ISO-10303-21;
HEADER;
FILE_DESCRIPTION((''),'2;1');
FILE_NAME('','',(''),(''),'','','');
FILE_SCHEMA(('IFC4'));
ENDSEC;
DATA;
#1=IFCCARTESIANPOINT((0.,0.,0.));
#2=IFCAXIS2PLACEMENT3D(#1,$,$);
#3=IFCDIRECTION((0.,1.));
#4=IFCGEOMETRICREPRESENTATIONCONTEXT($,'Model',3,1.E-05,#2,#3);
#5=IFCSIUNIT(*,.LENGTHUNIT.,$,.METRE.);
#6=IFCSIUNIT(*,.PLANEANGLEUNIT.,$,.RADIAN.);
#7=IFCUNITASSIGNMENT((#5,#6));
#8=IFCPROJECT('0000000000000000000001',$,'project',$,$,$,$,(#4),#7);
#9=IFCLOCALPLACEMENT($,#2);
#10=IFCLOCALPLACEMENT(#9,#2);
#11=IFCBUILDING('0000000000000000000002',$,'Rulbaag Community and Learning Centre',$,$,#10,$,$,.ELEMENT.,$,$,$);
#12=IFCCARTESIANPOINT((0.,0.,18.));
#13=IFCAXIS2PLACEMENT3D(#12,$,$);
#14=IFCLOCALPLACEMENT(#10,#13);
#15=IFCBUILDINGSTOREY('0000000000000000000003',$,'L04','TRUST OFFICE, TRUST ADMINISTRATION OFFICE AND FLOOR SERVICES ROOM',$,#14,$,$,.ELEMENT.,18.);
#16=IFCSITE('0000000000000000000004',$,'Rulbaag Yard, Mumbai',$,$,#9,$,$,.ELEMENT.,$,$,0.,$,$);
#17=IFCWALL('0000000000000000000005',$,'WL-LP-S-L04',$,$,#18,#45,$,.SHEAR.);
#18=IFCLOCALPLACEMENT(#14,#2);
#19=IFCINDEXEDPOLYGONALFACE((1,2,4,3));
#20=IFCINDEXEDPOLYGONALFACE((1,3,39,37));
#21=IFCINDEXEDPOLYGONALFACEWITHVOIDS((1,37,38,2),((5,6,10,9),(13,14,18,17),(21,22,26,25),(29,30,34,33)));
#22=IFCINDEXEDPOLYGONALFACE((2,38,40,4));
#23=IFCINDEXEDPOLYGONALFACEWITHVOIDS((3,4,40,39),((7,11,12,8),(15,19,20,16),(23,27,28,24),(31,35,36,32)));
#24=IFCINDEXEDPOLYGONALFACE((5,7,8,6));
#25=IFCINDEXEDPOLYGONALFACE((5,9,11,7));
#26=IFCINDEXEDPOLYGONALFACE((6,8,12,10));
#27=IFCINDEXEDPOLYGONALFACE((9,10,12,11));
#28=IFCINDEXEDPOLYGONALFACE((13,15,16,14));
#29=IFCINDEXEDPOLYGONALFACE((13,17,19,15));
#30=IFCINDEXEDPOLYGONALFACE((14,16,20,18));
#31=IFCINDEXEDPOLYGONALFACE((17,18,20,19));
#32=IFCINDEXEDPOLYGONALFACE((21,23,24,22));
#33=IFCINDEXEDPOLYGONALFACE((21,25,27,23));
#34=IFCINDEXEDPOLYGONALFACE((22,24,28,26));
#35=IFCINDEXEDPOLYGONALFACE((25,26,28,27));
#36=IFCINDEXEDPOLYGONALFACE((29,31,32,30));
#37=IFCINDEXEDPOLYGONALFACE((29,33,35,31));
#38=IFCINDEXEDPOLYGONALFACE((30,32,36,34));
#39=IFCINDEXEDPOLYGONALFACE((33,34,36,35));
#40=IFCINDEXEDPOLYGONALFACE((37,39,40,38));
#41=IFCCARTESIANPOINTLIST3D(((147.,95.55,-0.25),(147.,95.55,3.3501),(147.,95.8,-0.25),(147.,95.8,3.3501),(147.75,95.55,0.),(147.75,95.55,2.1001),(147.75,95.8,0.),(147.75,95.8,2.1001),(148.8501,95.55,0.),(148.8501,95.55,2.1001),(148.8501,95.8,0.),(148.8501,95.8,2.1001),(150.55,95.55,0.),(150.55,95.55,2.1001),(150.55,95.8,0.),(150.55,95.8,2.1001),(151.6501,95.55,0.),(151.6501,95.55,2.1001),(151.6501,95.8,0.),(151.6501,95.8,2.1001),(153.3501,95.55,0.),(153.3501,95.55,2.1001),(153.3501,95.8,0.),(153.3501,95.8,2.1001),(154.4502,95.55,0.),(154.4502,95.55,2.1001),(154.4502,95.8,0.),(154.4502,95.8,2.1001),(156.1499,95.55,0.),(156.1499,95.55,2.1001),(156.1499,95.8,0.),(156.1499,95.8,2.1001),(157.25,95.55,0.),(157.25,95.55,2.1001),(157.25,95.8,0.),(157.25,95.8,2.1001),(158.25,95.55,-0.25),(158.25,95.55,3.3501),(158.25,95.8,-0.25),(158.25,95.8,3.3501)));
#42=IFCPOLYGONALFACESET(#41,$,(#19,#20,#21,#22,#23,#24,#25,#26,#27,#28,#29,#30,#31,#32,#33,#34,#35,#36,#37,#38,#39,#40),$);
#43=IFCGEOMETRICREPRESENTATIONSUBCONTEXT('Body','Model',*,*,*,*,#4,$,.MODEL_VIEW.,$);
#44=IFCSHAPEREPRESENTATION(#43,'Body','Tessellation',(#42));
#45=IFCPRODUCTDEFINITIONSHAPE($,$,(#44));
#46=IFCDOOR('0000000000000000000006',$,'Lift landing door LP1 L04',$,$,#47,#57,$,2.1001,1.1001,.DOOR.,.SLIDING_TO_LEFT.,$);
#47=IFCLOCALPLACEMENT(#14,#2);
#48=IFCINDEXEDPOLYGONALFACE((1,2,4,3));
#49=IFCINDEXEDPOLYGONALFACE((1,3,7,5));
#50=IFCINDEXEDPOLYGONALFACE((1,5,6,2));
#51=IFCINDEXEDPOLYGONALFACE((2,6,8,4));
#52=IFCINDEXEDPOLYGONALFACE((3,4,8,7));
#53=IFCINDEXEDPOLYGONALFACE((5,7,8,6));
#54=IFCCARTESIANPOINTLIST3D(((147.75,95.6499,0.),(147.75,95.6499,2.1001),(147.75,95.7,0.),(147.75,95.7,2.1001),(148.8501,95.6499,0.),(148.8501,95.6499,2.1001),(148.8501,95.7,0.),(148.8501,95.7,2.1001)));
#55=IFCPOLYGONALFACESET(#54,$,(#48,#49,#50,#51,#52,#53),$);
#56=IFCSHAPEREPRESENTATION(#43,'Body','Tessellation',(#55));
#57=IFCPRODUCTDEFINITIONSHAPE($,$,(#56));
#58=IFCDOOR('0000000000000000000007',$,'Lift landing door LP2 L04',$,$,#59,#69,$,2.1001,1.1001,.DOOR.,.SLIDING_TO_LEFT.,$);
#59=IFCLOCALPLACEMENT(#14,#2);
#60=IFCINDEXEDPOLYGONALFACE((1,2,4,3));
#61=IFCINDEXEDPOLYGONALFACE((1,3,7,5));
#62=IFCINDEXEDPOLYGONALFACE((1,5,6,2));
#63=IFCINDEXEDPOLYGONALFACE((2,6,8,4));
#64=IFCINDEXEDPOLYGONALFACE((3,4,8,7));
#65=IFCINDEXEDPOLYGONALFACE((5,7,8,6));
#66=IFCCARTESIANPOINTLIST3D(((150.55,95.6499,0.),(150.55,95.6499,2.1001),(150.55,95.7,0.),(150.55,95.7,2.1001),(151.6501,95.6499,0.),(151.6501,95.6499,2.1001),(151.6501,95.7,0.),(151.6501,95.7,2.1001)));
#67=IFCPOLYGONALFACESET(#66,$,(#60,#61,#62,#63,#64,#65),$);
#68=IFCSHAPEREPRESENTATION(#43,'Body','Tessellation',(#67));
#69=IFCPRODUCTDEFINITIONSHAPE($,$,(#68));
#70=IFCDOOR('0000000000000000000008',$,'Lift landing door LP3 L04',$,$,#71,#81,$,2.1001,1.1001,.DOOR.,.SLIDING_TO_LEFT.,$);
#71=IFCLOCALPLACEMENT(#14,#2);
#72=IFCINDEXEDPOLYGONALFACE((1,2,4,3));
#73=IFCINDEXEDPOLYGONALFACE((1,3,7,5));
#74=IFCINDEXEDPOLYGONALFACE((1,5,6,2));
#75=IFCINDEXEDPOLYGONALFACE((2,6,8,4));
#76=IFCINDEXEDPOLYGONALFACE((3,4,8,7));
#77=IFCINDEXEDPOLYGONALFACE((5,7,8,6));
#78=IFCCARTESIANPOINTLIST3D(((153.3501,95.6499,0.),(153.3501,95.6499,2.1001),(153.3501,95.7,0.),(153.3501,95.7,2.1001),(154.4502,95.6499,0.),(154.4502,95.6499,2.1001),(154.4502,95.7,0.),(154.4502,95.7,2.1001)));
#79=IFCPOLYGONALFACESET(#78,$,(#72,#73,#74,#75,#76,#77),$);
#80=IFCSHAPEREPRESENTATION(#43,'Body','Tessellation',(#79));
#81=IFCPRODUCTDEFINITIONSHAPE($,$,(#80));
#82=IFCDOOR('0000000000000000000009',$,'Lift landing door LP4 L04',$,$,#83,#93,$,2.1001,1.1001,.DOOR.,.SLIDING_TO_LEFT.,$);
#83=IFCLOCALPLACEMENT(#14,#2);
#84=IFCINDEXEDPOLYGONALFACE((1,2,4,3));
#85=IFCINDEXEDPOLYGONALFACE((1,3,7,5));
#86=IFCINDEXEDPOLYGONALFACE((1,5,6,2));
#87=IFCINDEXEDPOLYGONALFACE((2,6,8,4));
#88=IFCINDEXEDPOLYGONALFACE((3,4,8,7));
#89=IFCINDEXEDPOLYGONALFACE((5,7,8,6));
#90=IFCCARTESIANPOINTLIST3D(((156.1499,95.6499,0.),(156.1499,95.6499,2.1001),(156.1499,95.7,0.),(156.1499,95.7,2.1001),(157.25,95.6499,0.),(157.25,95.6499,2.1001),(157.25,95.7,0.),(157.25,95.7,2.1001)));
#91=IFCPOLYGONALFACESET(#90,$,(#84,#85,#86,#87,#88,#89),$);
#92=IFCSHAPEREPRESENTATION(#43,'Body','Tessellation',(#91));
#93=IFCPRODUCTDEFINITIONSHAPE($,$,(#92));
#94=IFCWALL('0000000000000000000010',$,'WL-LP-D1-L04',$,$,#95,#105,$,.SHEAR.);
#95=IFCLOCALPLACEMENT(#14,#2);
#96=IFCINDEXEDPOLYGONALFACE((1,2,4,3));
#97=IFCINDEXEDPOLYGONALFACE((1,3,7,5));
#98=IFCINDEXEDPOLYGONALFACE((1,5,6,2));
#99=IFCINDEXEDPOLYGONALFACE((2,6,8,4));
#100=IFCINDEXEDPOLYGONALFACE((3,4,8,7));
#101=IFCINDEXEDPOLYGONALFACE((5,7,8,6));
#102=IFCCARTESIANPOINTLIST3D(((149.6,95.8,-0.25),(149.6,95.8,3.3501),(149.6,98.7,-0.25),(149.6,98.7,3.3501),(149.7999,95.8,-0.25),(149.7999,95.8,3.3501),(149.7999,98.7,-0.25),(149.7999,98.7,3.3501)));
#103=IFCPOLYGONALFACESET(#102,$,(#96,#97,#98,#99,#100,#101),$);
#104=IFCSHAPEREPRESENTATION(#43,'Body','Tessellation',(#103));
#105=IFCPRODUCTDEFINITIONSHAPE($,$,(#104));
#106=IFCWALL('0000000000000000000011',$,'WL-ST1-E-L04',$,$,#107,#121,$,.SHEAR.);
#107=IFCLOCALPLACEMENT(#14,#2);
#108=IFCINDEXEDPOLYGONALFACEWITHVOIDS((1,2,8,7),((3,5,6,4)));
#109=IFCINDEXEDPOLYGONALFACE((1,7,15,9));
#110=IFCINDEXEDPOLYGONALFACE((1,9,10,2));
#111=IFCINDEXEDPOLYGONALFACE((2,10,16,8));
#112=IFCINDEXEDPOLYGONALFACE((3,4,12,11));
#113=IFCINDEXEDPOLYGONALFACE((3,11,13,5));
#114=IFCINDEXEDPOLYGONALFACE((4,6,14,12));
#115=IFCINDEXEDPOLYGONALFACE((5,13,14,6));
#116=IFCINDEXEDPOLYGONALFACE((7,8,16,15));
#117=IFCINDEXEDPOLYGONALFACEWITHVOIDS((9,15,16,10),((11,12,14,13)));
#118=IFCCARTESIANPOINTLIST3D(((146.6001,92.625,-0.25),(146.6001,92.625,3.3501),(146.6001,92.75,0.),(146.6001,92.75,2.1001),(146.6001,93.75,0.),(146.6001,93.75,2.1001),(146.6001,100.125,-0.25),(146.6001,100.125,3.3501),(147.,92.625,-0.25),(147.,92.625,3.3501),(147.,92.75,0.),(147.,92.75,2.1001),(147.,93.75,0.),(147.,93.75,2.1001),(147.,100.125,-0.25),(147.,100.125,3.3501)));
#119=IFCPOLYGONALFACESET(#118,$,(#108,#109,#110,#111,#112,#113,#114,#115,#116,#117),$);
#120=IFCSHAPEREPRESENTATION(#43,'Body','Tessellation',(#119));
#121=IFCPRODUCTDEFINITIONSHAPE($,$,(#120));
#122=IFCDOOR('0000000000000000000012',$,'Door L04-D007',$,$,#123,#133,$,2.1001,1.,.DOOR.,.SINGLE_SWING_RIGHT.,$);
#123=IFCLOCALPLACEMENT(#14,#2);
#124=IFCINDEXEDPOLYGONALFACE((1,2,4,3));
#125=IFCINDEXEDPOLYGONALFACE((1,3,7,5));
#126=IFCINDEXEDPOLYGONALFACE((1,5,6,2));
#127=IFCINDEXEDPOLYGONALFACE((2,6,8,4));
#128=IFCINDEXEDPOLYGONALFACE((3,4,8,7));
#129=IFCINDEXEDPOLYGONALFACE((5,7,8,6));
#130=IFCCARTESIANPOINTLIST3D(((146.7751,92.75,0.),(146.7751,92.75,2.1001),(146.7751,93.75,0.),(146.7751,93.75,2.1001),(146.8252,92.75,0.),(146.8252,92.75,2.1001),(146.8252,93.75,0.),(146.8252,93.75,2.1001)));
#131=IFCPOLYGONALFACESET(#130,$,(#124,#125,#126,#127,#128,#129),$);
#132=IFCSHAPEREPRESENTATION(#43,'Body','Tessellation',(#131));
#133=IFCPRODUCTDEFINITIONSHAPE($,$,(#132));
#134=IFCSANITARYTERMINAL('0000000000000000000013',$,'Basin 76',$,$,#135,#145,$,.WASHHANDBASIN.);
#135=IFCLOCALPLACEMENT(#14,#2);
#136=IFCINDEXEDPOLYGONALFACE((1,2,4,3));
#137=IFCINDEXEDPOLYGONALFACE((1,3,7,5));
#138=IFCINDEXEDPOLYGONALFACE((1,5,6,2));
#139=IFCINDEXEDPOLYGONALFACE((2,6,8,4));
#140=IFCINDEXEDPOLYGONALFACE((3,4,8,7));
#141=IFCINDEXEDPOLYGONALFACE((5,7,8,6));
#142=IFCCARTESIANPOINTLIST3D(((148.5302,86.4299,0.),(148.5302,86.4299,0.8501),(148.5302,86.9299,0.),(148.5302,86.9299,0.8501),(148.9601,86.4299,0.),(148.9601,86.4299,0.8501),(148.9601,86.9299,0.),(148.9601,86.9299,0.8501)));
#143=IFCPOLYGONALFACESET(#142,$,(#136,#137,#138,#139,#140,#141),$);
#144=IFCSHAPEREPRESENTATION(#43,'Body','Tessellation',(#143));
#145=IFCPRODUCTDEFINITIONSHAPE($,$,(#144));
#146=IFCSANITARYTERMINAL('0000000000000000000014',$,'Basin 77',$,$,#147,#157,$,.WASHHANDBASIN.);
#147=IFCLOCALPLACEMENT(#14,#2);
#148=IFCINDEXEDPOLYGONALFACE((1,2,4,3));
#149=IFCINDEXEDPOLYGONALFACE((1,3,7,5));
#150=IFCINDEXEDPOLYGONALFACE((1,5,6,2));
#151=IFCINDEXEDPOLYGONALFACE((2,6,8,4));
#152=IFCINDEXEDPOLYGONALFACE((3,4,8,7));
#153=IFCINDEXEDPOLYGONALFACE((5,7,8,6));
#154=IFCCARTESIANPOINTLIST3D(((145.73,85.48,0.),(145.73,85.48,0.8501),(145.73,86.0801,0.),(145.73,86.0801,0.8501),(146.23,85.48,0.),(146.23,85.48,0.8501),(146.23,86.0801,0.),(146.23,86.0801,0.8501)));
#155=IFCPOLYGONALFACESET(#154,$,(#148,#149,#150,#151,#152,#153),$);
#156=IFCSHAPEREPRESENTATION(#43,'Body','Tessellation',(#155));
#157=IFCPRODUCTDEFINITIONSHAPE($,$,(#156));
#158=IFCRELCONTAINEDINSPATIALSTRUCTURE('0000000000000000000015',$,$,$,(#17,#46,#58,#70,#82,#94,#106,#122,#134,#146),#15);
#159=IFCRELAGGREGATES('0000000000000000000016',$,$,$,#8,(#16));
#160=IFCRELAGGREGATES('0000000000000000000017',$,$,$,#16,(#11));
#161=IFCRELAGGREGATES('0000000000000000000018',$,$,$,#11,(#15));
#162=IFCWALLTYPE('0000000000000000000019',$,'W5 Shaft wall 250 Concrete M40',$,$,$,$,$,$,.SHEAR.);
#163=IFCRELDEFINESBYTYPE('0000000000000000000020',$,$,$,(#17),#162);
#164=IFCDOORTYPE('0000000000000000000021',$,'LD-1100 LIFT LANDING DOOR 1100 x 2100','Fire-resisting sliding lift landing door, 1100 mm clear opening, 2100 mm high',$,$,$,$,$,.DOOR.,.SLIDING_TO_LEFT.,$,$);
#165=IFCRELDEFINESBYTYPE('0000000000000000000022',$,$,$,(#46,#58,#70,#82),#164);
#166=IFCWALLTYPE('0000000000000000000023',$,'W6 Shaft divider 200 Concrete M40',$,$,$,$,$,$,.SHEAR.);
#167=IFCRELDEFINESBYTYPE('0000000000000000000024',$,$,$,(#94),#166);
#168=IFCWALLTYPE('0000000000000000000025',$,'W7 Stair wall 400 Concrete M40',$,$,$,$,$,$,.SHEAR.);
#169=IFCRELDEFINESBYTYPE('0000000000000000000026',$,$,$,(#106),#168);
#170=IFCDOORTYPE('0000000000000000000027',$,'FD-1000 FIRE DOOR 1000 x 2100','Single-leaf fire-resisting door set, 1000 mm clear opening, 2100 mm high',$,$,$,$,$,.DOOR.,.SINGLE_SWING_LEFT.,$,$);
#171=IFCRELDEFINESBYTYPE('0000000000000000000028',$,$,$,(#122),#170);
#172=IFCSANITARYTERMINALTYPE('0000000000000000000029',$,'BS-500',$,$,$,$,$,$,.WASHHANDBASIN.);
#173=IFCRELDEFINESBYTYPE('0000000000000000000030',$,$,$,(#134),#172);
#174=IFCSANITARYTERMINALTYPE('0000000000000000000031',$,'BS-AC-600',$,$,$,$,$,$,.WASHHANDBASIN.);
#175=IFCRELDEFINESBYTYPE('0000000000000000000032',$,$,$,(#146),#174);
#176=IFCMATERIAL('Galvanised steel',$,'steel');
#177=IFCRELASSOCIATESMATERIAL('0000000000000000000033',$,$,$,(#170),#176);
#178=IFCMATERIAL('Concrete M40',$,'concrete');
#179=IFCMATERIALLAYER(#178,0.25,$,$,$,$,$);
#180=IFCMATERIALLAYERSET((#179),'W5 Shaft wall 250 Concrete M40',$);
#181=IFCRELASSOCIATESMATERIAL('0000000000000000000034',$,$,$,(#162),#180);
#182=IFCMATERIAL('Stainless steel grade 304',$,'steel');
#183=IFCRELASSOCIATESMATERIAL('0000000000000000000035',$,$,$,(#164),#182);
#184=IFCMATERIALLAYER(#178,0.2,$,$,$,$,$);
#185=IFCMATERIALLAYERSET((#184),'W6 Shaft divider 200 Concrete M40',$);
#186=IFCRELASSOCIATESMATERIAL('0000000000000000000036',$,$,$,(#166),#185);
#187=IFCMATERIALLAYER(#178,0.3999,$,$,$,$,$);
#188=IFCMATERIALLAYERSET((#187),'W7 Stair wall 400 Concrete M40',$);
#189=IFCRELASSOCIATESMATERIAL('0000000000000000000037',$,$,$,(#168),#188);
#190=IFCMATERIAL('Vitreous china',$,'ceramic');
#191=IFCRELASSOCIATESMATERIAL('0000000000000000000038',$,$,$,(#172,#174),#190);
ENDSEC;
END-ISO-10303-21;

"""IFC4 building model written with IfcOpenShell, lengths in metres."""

from ifc_helpers import new_model, si_unit, direction, frame, frame_2d, origin, origin_2d, place, context, subcontext, project, spatial, rectangle, extrude, material, layer, layer_set, type_object, element, fill, save


model = new_model("IFC4")

# Units and contexts
model_context = context("Model", 3, precision=1e-05, world=origin(), true_north=direction((0.0, 1.0)))
body_context = subcontext(model_context, "Body", "Model", "MODEL_VIEW")
ifc_project = project(units=[si_unit("LENGTHUNIT", "METRE"), si_unit("PLANEANGLEUNIT", "RADIAN")], contexts=[model_context])

# Site, building, storey
site_placement = place(None, origin())
site = spatial("IfcSite", under=ifc_project, at=site_placement, Name="Rulbaag Yard, Mumbai", CompositionType="ELEMENT", RefElevation=0.0)
building_placement = place(site_placement, origin())
building = spatial("IfcBuilding", under=site, at=building_placement, Name="Rulbaag Community and Learning Centre", CompositionType="ELEMENT")
storey_placement = place(building_placement, frame((0.0, 0.0, 18.0)))
storey = spatial("IfcBuildingStorey", under=building, at=storey_placement, Name="L04", Description="TRUST OFFICE, TRUST ADMINISTRATION OFFICE AND FLOOR SERVICES ROOM", CompositionType="ELEMENT", Elevation=18.0)

# Shared definitions
ifc_material_1 = material(Name="Concrete M40", Category="concrete")

# Wall, openings, doors
ifc_material_2 = material(Name="Galvanised steel", Category="steel")
door_type_1 = type_object("IfcDoorType", Name="FD-1000 FIRE DOOR 1000 x 2100", Description="Single-leaf fire-resisting door set, 1000 mm clear opening, 2100 mm high", OperationType="SINGLE_SWING_LEFT", PredefinedType="DOOR", material=ifc_material_2)
ifc_layer_1 = layer(ifc_material_1, 0.25)
ifc_layer_set_1 = layer_set([ifc_layer_1], Name="W5 Shaft wall 250 Concrete M40")
wall_type_1 = type_object("IfcWallType", Name="W5 Shaft wall 250 Concrete M40", PredefinedType="SHEAR", material=ifc_layer_set_1)
wall_1_placement = place(storey_placement, frame((147.0, 95.675, -0.25), z_axis=(0.0, 0.0, 1.0), x_axis=(1.0, 0.0, 0.0)))
wall_1 = element("IfcWall", 1, at=wall_1_placement, inside=storey, type_object=wall_type_1, Name="WL-LP-S-L04", PredefinedType="SHEAR", context=body_context, shape_type="SweptSolid", body=[
    extrude(rectangle(XDim=11.25, YDim=0.25, at=frame_2d((5.625, 0.0))), origin(), (0.0, 0.0, 1.0), 3.6001),
])
opening_1_placement = place(wall_1_placement, frame((0.75, 0.0, 0.25)))
opening_1 = element("IfcOpeningElement", 2, at=opening_1_placement, cuts=wall_1, PredefinedType="OPENING", context=body_context, shape_type="SweptSolid", body=[
    extrude(rectangle(XDim=1.1001, YDim=2.1001, at=frame_2d((0.55, 1.05))), frame((0.0, 0.135, 0.0), z_axis=(0.0, -1.0, 0.0), x_axis=(1.0, 0.0, 0.0)), (0.0, 0.0, 1.0), 0.27),
])
opening_2_placement = place(wall_1_placement, frame((3.55, 0.0, 0.25)))
opening_2 = element("IfcOpeningElement", 3, at=opening_2_placement, cuts=wall_1, PredefinedType="OPENING", context=body_context, shape_type="SweptSolid", body=[
    extrude(rectangle(XDim=1.1001, YDim=2.1001, at=frame_2d((0.55, 1.05))), frame((0.0, 0.135, 0.0), z_axis=(0.0, -1.0, 0.0), x_axis=(1.0, 0.0, 0.0)), (0.0, 0.0, 1.0), 0.27),
])
opening_3_placement = place(wall_1_placement, frame((6.3501, 0.0, 0.25)))
opening_3 = element("IfcOpeningElement", 4, at=opening_3_placement, cuts=wall_1, PredefinedType="OPENING", context=body_context, shape_type="SweptSolid", body=[
    extrude(rectangle(XDim=1.1001, YDim=2.1001, at=frame_2d((0.55, 1.05))), frame((0.0, 0.135, 0.0), z_axis=(0.0, -1.0, 0.0), x_axis=(1.0, 0.0, 0.0)), (0.0, 0.0, 1.0), 0.27),
])
opening_4_placement = place(wall_1_placement, frame((9.1499, 0.0, 0.25)))
opening_4 = element("IfcOpeningElement", 5, at=opening_4_placement, cuts=wall_1, PredefinedType="OPENING", context=body_context, shape_type="SweptSolid", body=[
    extrude(rectangle(XDim=1.1001, YDim=2.1001, at=frame_2d((0.55, 1.05))), frame((0.0, 0.135, 0.0), z_axis=(0.0, -1.0, 0.0), x_axis=(1.0, 0.0, 0.0)), (0.0, 0.0, 1.0), 0.27),
])
ifc_material_3 = material(Name="Stainless steel grade 304", Category="steel")
door_type_2 = type_object("IfcDoorType", Name="LD-1100 LIFT LANDING DOOR 1100 x 2100", Description="Fire-resisting sliding lift landing door, 1100 mm clear opening, 2100 mm high", OperationType="SLIDING_TO_LEFT", PredefinedType="DOOR", material=ifc_material_3)
door_1_placement = place(opening_1_placement, origin())
door_1 = element("IfcDoor", 6, at=door_1_placement, inside=storey, type_object=door_type_2, Name="Lift landing door LP1 L04", OperationType="SLIDING_TO_LEFT", OverallHeight=2.1001, OverallWidth=1.1001, PredefinedType="DOOR", context=body_context, shape_type="SweptSolid", body=[
    extrude(rectangle(XDim=1.1001, YDim=2.1001, at=frame_2d((0.55, 1.05))), frame((0.0, 0.0249, 0.0), z_axis=(0.0, -1.0, 0.0), x_axis=(1.0, 0.0, 0.0)), (0.0, 0.0, 1.0), 0.05),
])
fill(opening_1, door_1)
door_2_placement = place(opening_2_placement, origin())
door_2 = element("IfcDoor", 7, at=door_2_placement, inside=storey, type_object=door_type_2, Name="Lift landing door LP2 L04", OperationType="SLIDING_TO_LEFT", OverallHeight=2.1001, OverallWidth=1.1001, PredefinedType="DOOR", context=body_context, shape_type="SweptSolid", body=[
    extrude(rectangle(XDim=1.1001, YDim=2.1001, at=frame_2d((0.55, 1.05))), frame((0.0, 0.0249, 0.0), z_axis=(0.0, -1.0, 0.0), x_axis=(1.0, 0.0, 0.0)), (0.0, 0.0, 1.0), 0.05),
])
fill(opening_2, door_2)
door_3_placement = place(opening_3_placement, origin())
door_3 = element("IfcDoor", 8, at=door_3_placement, inside=storey, type_object=door_type_2, Name="Lift landing door LP3 L04", OperationType="SLIDING_TO_LEFT", OverallHeight=2.1001, OverallWidth=1.1001, PredefinedType="DOOR", context=body_context, shape_type="SweptSolid", body=[
    extrude(rectangle(XDim=1.1001, YDim=2.1001, at=frame_2d((0.55, 1.05))), frame((0.0, 0.0249, 0.0), z_axis=(0.0, -1.0, 0.0), x_axis=(1.0, 0.0, 0.0)), (0.0, 0.0, 1.0), 0.05),
])
fill(opening_3, door_3)
door_4_placement = place(opening_4_placement, origin())
door_4 = element("IfcDoor", 9, at=door_4_placement, inside=storey, type_object=door_type_2, Name="Lift landing door LP4 L04", OperationType="SLIDING_TO_LEFT", OverallHeight=2.1001, OverallWidth=1.1001, PredefinedType="DOOR", context=body_context, shape_type="SweptSolid", body=[
    extrude(rectangle(XDim=1.1001, YDim=2.1001, at=frame_2d((0.55, 1.05))), frame((0.0, 0.0249, 0.0), z_axis=(0.0, -1.0, 0.0), x_axis=(1.0, 0.0, 0.0)), (0.0, 0.0, 1.0), 0.05),
])
fill(opening_4, door_4)

# Wall
ifc_layer_2 = layer(ifc_material_1, 0.2)
ifc_layer_set_2 = layer_set([ifc_layer_2], Name="W6 Shaft divider 200 Concrete M40")
wall_type_2 = type_object("IfcWallType", Name="W6 Shaft divider 200 Concrete M40", PredefinedType="SHEAR", material=ifc_layer_set_2)
wall_2_placement = place(storey_placement, frame((149.7, 95.8, -0.25), z_axis=(0.0, 0.0, 1.0), x_axis=(0.0, 1.0, 0.0)))
element("IfcWall", 10, at=wall_2_placement, inside=storey, type_object=wall_type_2, Name="WL-LP-D1-L04", PredefinedType="SHEAR", context=body_context, shape_type="SweptSolid", body=[
    extrude(rectangle(XDim=2.8999, YDim=0.2, at=frame_2d((1.45, 0.0))), origin(), (0.0, 0.0, 1.0), 3.6001),
])

# Wall, opening, door
ifc_layer_3 = layer(ifc_material_1, 0.3999)
ifc_layer_set_3 = layer_set([ifc_layer_3], Name="W7 Stair wall 400 Concrete M40")
wall_type_3 = type_object("IfcWallType", Name="W7 Stair wall 400 Concrete M40", PredefinedType="SHEAR", material=ifc_layer_set_3)
wall_3_placement = place(storey_placement, frame((146.8, 92.625, -0.25), z_axis=(0.0, 0.0, 1.0), x_axis=(0.0, 1.0, 0.0)))
wall_3 = element("IfcWall", 11, at=wall_3_placement, inside=storey, type_object=wall_type_3, Name="WL-ST1-E-L04", PredefinedType="SHEAR", context=body_context, shape_type="SweptSolid", body=[
    extrude(rectangle(XDim=7.5, YDim=0.3999, at=frame_2d((3.75, 0.0))), origin(), (0.0, 0.0, 1.0), 3.6001),
])
opening_5_placement = place(wall_3_placement, frame((0.125, 0.0, 0.25)))
opening_5 = element("IfcOpeningElement", 12, at=opening_5_placement, cuts=wall_3, PredefinedType="OPENING", context=body_context, shape_type="SweptSolid", body=[
    extrude(rectangle(XDim=1.0, YDim=2.1001, at=frame_2d((0.5, 1.05))), frame((0.0, 0.21, 0.0), z_axis=(0.0, -1.0, 0.0), x_axis=(1.0, 0.0, 0.0)), (0.0, 0.0, 1.0), 0.4199),
])
door_5_placement = place(opening_5_placement, origin())
door_5 = element("IfcDoor", 13, at=door_5_placement, inside=storey, type_object=door_type_1, Name="Door L04-D007", OperationType="SINGLE_SWING_RIGHT", OverallHeight=2.1001, OverallWidth=1.0, PredefinedType="DOOR", context=body_context, shape_type="SweptSolid", body=[
    extrude(rectangle(XDim=1.0, YDim=2.1001, at=frame_2d((0.5, 1.05))), frame((0.0, 0.0249, 0.0), z_axis=(0.0, -1.0, 0.0), x_axis=(1.0, 0.0, 0.0)), (0.0, 0.0, 1.0), 0.05),
])
fill(opening_5, door_5)

# Sanitary terminals
ifc_material_4 = material(Name="Vitreous china", Category="ceramic")
sanitary_terminal_type_1 = type_object("IfcSanitaryTerminalType", Name="BS-500", PredefinedType="WASHHANDBASIN", material=ifc_material_4)
sanitary_terminal_1_placement = place(storey_placement, frame((148.7451, 86.6799, 0.0), z_axis=(0.0, 0.0, 1.0), x_axis=(1.0, 0.0, 0.0)))
element("IfcSanitaryTerminal", 14, at=sanitary_terminal_1_placement, inside=storey, type_object=sanitary_terminal_type_1, Name="Basin 76", PredefinedType="WASHHANDBASIN", context=body_context, shape_type="SweptSolid", body=[
    extrude(rectangle(XDim=0.4299, YDim=0.5, at=origin_2d()), origin(), (0.0, 0.0, 1.0), 0.8501),
])
sanitary_terminal_type_2 = type_object("IfcSanitaryTerminalType", Name="BS-AC-600", PredefinedType="WASHHANDBASIN", material=ifc_material_4)
sanitary_terminal_2_placement = place(storey_placement, frame((145.98, 85.78, 0.0), z_axis=(0.0, 0.0, 1.0), x_axis=(1.0, 0.0, 0.0)))
element("IfcSanitaryTerminal", 15, at=sanitary_terminal_2_placement, inside=storey, type_object=sanitary_terminal_type_2, Name="Basin 77", PredefinedType="WASHHANDBASIN", context=body_context, shape_type="SweptSolid", body=[
    extrude(rectangle(XDim=0.5, YDim=0.6001, at=origin_2d()), origin(), (0.0, 0.0, 1.0), 0.8501),
])

save(model, "model.ifc")
